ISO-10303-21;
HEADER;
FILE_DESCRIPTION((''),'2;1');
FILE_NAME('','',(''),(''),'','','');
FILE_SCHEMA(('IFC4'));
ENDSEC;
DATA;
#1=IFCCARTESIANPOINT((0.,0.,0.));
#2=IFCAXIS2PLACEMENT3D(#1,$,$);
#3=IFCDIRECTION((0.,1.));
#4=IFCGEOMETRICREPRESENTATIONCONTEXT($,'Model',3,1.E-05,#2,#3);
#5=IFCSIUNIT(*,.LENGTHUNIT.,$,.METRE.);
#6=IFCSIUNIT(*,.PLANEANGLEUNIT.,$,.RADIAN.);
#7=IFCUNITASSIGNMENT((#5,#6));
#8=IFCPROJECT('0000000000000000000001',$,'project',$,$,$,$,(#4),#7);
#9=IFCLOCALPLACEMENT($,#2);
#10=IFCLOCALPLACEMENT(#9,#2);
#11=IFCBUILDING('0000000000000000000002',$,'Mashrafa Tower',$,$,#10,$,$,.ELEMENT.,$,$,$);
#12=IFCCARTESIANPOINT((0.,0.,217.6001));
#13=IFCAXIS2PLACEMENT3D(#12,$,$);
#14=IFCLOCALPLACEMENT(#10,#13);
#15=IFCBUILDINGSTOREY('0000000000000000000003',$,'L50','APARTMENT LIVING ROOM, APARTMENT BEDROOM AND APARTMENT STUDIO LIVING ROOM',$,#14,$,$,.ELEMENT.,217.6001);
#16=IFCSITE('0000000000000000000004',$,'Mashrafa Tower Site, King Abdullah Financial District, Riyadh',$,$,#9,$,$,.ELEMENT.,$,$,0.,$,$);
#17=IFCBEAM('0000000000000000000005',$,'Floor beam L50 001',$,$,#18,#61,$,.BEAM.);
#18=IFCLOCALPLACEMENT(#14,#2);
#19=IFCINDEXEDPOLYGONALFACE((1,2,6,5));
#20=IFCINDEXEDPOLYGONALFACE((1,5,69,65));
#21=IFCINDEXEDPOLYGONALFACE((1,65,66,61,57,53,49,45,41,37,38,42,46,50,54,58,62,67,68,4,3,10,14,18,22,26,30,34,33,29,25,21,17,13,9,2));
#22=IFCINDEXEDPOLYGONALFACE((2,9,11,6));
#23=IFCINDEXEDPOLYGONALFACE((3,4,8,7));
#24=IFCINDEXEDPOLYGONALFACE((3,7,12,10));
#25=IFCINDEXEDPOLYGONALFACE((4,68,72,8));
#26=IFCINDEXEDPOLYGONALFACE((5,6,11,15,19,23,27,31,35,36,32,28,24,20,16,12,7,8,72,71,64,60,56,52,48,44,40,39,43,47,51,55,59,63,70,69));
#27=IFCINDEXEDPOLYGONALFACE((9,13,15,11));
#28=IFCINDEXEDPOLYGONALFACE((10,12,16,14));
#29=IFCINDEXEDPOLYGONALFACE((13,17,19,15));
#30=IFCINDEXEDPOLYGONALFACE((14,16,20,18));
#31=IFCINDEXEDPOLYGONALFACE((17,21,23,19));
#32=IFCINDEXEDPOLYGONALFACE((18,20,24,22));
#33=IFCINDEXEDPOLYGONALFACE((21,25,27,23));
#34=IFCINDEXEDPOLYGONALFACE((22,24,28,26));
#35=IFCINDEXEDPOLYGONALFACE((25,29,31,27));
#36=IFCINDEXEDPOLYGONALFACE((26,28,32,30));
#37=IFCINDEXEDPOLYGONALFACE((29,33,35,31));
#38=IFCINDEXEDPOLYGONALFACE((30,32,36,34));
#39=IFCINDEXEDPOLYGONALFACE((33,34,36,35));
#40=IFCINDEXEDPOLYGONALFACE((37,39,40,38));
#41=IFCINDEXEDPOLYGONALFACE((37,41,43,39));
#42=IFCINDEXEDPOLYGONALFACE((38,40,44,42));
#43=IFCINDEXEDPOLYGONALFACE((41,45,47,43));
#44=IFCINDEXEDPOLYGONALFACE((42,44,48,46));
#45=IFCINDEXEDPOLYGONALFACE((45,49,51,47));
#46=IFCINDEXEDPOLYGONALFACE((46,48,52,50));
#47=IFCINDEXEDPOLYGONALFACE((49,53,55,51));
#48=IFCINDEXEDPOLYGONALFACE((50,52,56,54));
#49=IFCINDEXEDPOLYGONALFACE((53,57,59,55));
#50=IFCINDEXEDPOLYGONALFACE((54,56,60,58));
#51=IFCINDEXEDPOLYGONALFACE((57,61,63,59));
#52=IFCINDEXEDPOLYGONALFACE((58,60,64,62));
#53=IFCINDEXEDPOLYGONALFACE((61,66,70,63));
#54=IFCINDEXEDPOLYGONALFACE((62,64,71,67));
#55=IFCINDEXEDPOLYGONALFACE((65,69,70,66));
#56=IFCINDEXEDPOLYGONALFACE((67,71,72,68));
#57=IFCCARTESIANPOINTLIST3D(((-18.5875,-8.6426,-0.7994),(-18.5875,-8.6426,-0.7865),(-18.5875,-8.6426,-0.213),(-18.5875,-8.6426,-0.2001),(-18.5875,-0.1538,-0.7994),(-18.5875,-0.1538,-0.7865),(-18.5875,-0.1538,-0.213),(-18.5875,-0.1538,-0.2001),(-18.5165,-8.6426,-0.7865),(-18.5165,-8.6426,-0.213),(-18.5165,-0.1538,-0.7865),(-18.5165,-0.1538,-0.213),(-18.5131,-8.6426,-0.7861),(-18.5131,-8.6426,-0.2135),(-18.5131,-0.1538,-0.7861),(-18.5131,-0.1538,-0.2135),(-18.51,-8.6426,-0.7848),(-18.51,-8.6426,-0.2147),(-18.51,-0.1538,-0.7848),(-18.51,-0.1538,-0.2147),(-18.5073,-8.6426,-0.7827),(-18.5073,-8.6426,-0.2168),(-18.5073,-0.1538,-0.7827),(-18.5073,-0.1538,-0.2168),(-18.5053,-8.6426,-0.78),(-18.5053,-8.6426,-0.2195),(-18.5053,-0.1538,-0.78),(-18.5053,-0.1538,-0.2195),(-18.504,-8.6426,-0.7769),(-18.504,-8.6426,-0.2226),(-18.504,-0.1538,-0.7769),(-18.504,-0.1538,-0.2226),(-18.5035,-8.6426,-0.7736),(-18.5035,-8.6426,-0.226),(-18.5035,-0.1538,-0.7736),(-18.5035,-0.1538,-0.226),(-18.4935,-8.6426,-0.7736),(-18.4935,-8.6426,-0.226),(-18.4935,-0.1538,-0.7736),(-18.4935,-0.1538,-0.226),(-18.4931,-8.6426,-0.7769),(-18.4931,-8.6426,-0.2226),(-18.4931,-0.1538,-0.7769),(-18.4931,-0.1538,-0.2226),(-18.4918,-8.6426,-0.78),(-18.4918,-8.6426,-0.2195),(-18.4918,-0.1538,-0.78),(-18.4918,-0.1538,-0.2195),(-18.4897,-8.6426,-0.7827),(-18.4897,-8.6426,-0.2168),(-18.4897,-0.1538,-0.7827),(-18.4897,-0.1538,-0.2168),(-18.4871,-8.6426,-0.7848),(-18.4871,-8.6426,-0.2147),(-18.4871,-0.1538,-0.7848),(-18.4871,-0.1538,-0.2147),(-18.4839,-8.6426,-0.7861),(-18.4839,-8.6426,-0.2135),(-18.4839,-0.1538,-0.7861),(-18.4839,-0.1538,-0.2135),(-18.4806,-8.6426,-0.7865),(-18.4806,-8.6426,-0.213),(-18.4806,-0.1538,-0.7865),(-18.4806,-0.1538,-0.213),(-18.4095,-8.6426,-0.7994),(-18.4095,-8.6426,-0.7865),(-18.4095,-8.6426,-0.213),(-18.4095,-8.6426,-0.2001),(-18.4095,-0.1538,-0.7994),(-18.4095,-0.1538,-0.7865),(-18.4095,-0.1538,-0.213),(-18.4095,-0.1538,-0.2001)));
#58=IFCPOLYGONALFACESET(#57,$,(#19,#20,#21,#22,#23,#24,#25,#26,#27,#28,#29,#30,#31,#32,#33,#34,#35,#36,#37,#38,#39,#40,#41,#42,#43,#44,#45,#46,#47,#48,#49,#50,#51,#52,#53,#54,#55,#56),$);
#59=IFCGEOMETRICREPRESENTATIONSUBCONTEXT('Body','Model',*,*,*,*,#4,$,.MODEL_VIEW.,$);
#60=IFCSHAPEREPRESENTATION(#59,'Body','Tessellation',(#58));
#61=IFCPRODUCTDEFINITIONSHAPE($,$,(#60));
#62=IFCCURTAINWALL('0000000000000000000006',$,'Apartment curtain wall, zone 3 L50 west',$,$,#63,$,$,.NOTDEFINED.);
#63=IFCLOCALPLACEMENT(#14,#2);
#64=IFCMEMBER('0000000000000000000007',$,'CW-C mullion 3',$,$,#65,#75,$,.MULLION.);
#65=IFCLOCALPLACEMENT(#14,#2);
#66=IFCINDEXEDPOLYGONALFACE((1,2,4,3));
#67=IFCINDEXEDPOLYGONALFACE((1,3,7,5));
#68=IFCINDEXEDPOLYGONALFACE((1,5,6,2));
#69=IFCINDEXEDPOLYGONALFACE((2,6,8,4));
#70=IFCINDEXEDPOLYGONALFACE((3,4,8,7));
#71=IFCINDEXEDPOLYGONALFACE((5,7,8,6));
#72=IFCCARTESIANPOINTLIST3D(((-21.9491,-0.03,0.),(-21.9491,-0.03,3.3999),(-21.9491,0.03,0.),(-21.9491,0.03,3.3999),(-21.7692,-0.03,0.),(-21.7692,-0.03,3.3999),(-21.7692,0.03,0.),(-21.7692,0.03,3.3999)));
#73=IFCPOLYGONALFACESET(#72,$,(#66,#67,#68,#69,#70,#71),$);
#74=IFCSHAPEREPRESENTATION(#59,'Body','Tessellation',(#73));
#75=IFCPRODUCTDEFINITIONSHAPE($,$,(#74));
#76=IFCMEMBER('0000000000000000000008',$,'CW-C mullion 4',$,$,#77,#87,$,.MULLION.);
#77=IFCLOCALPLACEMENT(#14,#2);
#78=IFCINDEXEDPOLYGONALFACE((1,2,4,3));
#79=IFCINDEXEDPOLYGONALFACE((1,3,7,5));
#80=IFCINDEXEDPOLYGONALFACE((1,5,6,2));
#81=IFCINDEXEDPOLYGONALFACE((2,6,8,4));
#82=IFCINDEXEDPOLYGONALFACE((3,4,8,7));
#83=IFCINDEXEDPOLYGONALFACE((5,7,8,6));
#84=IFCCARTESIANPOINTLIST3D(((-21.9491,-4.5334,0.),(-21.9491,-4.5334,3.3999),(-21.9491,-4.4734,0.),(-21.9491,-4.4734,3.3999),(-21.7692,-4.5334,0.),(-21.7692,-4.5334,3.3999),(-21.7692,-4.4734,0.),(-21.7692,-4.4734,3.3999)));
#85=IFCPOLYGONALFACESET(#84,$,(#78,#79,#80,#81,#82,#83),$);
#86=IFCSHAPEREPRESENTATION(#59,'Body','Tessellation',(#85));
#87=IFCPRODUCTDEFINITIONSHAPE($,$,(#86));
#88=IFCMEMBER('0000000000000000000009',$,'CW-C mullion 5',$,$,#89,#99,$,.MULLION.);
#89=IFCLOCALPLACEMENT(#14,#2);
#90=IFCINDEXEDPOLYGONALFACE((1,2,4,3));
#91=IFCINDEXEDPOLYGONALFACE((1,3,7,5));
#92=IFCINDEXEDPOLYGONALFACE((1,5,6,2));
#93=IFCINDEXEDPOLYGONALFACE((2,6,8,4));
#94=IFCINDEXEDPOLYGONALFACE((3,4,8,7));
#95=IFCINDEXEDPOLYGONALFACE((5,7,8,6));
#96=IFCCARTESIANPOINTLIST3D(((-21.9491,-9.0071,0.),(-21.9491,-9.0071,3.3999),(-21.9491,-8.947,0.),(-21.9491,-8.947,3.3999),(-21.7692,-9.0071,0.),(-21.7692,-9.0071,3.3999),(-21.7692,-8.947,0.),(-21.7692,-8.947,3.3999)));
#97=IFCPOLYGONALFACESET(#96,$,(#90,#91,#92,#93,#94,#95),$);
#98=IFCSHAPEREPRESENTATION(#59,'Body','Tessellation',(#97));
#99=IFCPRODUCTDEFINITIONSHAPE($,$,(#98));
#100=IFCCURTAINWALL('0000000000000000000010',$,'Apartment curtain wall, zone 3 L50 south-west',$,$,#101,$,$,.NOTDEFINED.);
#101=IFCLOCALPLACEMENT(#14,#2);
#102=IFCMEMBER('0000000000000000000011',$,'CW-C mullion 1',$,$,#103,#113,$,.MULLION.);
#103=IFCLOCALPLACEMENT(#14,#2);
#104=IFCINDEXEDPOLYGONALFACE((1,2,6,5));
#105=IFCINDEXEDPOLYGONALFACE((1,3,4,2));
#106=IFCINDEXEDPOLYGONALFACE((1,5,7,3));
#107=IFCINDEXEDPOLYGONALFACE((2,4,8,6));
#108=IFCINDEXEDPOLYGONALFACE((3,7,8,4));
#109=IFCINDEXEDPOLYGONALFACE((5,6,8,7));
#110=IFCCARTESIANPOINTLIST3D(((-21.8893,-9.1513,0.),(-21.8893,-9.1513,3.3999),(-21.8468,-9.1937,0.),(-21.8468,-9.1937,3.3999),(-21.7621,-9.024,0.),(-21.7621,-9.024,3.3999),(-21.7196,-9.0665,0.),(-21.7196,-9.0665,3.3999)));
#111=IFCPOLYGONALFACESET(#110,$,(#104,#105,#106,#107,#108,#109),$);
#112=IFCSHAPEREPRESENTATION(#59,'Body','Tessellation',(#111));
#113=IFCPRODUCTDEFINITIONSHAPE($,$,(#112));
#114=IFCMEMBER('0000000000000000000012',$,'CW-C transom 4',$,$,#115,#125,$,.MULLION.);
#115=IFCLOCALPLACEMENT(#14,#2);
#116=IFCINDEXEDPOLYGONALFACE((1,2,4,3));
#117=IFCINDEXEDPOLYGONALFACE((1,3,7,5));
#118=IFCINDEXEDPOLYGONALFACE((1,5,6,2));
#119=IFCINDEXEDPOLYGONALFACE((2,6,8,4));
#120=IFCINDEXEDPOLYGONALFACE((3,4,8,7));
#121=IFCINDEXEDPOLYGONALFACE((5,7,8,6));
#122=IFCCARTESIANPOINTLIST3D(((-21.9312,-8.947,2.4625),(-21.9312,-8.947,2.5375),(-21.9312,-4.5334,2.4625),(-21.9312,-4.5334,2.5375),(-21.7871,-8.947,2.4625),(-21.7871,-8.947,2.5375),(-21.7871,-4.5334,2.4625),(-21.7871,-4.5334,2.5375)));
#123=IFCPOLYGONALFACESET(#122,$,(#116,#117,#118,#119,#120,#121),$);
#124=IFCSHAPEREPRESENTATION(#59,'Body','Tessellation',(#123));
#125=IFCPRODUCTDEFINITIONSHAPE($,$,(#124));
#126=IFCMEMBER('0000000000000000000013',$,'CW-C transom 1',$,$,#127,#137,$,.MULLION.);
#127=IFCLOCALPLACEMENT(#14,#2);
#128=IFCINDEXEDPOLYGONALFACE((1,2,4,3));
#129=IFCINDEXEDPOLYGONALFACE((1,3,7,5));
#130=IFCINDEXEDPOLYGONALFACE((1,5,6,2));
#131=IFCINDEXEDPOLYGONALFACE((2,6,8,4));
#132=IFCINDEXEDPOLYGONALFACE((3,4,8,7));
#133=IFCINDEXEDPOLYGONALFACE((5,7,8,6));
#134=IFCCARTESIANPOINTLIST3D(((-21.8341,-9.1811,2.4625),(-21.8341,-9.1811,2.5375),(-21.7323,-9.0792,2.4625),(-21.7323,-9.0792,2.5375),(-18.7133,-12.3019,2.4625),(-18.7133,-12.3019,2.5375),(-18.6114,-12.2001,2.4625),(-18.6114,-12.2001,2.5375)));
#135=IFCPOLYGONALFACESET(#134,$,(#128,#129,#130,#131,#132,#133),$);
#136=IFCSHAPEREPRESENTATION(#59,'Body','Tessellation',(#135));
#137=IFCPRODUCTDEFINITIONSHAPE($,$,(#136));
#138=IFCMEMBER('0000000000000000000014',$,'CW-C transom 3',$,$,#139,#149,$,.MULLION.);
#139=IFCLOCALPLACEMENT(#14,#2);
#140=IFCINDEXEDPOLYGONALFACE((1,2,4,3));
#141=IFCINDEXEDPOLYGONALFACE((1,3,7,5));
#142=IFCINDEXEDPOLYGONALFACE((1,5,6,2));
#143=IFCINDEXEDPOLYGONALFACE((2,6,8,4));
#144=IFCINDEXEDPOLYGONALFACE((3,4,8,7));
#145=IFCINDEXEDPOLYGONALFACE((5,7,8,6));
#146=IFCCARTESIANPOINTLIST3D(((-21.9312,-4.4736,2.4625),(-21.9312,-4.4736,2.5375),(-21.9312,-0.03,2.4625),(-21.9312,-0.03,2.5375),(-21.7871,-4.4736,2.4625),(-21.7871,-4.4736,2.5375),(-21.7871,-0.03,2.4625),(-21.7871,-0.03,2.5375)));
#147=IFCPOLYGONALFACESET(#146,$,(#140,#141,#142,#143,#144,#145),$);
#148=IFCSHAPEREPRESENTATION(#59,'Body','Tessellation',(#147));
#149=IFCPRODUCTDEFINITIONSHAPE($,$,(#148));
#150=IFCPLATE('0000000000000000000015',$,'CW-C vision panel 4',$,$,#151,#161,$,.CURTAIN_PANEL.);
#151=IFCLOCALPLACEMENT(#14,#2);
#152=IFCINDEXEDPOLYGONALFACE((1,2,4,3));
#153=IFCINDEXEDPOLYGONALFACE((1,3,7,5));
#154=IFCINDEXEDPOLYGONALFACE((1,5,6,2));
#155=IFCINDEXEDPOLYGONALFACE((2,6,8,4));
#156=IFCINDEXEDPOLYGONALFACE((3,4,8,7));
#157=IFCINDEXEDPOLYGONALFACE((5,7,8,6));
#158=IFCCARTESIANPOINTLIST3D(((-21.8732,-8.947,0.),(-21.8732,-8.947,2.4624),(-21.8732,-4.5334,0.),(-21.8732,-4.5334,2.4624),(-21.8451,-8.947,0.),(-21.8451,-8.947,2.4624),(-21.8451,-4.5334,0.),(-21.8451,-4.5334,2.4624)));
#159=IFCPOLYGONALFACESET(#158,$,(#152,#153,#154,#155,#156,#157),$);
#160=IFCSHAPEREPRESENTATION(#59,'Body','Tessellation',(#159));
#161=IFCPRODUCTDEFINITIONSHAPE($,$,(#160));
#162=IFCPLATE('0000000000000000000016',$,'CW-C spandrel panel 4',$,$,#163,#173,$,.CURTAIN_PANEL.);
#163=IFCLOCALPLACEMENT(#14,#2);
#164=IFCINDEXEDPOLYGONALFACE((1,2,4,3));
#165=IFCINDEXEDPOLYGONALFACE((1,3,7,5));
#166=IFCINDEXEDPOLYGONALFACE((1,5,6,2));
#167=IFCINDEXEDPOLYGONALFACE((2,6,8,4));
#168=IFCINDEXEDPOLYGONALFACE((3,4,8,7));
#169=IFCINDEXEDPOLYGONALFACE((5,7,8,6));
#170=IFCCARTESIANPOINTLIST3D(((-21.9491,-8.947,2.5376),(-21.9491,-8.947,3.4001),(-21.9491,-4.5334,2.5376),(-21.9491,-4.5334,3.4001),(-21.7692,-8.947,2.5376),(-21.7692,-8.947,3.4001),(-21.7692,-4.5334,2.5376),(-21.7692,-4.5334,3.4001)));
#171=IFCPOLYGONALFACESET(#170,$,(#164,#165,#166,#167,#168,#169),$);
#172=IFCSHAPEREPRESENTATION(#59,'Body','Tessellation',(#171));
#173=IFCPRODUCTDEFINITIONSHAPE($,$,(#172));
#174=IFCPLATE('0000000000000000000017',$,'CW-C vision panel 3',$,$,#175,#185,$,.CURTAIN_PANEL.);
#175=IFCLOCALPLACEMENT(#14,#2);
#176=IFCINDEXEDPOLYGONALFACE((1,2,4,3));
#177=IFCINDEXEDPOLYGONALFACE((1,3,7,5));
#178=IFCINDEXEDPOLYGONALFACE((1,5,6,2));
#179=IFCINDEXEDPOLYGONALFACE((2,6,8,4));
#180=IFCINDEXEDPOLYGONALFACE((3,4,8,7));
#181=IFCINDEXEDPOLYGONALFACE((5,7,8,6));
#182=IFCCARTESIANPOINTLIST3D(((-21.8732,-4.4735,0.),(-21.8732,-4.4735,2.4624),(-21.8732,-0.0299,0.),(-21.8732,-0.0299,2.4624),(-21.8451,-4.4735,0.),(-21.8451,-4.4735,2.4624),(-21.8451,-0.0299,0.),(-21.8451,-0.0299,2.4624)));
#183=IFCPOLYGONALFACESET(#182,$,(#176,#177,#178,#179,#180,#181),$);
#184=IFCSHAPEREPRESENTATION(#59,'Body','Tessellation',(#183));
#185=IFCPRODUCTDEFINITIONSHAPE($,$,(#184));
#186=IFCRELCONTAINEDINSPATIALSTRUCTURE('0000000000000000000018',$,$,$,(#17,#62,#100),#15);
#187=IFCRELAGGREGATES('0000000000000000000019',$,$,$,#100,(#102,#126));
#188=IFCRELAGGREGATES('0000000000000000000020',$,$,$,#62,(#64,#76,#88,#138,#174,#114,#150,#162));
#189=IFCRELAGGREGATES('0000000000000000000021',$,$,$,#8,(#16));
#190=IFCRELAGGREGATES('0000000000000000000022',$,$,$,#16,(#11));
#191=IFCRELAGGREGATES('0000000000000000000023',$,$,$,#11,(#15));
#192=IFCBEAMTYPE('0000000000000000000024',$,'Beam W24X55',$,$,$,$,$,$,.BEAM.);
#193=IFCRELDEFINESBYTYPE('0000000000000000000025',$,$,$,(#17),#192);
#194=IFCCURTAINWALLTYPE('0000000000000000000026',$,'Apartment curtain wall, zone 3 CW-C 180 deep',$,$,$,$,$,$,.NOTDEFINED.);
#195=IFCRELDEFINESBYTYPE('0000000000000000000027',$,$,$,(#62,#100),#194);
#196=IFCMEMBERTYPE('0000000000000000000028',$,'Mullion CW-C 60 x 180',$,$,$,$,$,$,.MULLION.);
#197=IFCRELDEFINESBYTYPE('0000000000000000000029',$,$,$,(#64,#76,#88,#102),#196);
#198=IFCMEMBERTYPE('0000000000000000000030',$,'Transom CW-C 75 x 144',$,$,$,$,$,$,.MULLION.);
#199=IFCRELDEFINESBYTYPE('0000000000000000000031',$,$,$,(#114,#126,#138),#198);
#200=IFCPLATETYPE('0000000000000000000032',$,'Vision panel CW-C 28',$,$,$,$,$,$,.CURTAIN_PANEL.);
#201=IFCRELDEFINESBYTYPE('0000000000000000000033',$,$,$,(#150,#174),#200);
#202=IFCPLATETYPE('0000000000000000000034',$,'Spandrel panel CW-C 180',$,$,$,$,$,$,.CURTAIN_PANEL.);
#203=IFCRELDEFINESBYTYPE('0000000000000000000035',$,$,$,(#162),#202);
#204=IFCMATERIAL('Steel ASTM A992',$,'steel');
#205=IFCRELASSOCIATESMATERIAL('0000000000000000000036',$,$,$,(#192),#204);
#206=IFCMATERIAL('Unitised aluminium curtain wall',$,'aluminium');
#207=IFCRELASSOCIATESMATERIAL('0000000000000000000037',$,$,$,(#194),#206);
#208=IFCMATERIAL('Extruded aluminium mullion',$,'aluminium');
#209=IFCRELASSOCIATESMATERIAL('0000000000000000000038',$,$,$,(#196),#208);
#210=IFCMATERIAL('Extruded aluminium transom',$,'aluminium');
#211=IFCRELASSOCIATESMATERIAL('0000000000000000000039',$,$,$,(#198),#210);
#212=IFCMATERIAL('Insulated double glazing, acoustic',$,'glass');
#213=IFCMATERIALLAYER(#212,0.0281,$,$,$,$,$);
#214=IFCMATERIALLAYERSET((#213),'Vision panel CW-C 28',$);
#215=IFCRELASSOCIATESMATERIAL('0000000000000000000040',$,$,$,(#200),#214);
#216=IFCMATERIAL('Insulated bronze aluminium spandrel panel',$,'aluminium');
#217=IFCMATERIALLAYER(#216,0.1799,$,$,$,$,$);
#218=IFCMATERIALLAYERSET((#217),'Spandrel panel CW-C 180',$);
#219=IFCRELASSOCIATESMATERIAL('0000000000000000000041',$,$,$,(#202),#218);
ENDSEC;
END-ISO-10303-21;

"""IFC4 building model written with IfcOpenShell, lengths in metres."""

from ifc_helpers import new_model, si_unit, direction, frame, origin, origin_2d, place, context, subcontext, project, spatial, rectangle, i_section, extrude, source, transform, mapped, material, layer, layer_set, material_profile, profile_set, type_object, type_shapes, element, aggregate, save


model = new_model("IFC4")

# Units and contexts
model_context = context("Model", 3, precision=1e-05, world=origin(), true_north=direction((0.0, 1.0)))
body_context = subcontext(model_context, "Body", "Model", "MODEL_VIEW")
ifc_project = project(units=[si_unit("LENGTHUNIT", "METRE"), si_unit("PLANEANGLEUNIT", "RADIAN")], contexts=[model_context])

# Site, building, storey
site_placement = place(None, origin())
site = spatial("IfcSite", under=ifc_project, at=site_placement, Name="Mashrafa Tower Site, King Abdullah Financial District, Riyadh", CompositionType="ELEMENT", RefElevation=0.0)
building_placement = place(site_placement, origin())
building = spatial("IfcBuilding", under=site, at=building_placement, Name="Mashrafa Tower", CompositionType="ELEMENT")
storey_placement = place(building_placement, frame((0.0, 0.0, 217.6001)))
storey = spatial("IfcBuildingStorey", under=building, at=storey_placement, Name="L50", Description="APARTMENT LIVING ROOM, APARTMENT BEDROOM AND APARTMENT STUDIO LIVING ROOM", CompositionType="ELEMENT", Elevation=217.6001)

# Beam
ifc_material_1 = material(Name="Steel ASTM A992", Category="steel")
ifc_material_profile_1 = material_profile(ifc_material_1, i_section(OverallWidth=0.178, OverallDepth=0.5994, WebThickness=0.01, FlangeThickness=0.0129, FilletRadius=0.0129, at=origin_2d()), Name="W24X55")
ifc_profile_set_1 = profile_set([ifc_material_profile_1], Name="Steel ASTM A992")
beam_type_1 = type_object("IfcBeamType", Name="Beam W24X55", PredefinedType="BEAM", material=ifc_profile_set_1)
beam_1_placement = place(storey_placement, frame((-18.4985, -8.6426, -0.4998), z_axis=(0.0, 1.0, 0.0), x_axis=(-1.0, 0.0, 0.0)))
element("IfcBeam", 1, at=beam_1_placement, inside=storey, type_object=beam_type_1, Name="Floor beam L50 001", PredefinedType="BEAM", context=body_context, shape_type="SweptSolid", body=[
    extrude(i_section(OverallWidth=0.178, OverallDepth=0.5994, WebThickness=0.01, FlangeThickness=0.0129, FilletRadius=0.0129, at=origin_2d()), origin(), (0.0, 0.0, 1.0), 8.4888),
])

# Curtain wall, members
ifc_material_2 = material(Name="Unitised aluminium curtain wall", Category="aluminium")
curtain_wall_type = type_object("IfcCurtainWallType", Name="Apartment curtain wall, zone 3 CW-C 180 deep", PredefinedType="NOTDEFINED", material=ifc_material_2)
curtain_wall_1_placement = place(storey_placement, origin())
curtain_wall_1 = element("IfcCurtainWall", 2, at=curtain_wall_1_placement, inside=storey, type_object=curtain_wall_type, Name="Apartment curtain wall, zone 3 L50 west", PredefinedType="NOTDEFINED")
ifc_material_3 = material(Name="Extruded aluminium mullion", Category="aluminium")
ifc_material_profile_2 = material_profile(ifc_material_3, rectangle(XDim=0.1799, YDim=0.0601, at=origin_2d()), Name="Mullion 60x180")
ifc_profile_set_2 = profile_set([ifc_material_profile_2], Name="Extruded aluminium mullion")
member_type_1 = type_object("IfcMemberType", Name="Mullion CW-C 60 x 180", PredefinedType="MULLION", material=ifc_profile_set_2)
shared_shape_1 = source(origin(), body_context, "Body", "SweptSolid", [
    extrude(rectangle(XDim=0.1799, YDim=0.0601, at=origin_2d()), origin(), (0.0, 0.0, 1.0), 3.3999),
])
type_shapes(member_type_1, [shared_shape_1])
member_1_placement = place(storey_placement, frame((-21.8591, 0.0, 0.0), z_axis=(0.0, 0.0, 1.0), x_axis=(1.0, 0.0, 0.0)))
member_1 = element("IfcMember", 3, at=member_1_placement, type_object=member_type_1, Name="CW-C mullion 3", PredefinedType="MULLION", context=body_context, shape_type="MappedRepresentation", body=[
    mapped(shared_shape_1, transform((0.0, 0.0, 0.0))),
])
member_2_placement = place(storey_placement, frame((-21.8591, -4.5034, 0.0), z_axis=(0.0, 0.0, 1.0), x_axis=(1.0, 0.0, 0.0)))
member_2 = element("IfcMember", 4, at=member_2_placement, type_object=member_type_1, Name="CW-C mullion 4", PredefinedType="MULLION", context=body_context, shape_type="MappedRepresentation", body=[
    mapped(shared_shape_1, transform((0.0, 0.0, 0.0))),
])
member_3_placement = place(storey_placement, frame((-21.8591, -8.9771, 0.0), z_axis=(0.0, 0.0, 1.0), x_axis=(1.0, 0.0, 0.0)))
member_3 = element("IfcMember", 5, at=member_3_placement, type_object=member_type_1, Name="CW-C mullion 5", PredefinedType="MULLION", context=body_context, shape_type="MappedRepresentation", body=[
    mapped(shared_shape_1, transform((0.0, 0.0, 0.0))),
])

# Curtain wall, member
curtain_wall_2_placement = place(storey_placement, origin())
curtain_wall_2 = element("IfcCurtainWall", 6, at=curtain_wall_2_placement, inside=storey, type_object=curtain_wall_type, Name="Apartment curtain wall, zone 3 L50 south-west", PredefinedType="NOTDEFINED")
member_4_placement = place(storey_placement, frame((-21.8044, -9.1089, 0.0), z_axis=(0.0, 0.0, 1.0), x_axis=(0.707107, 0.707107, 0.0)))
member_4 = element("IfcMember", 7, at=member_4_placement, type_object=member_type_1, Name="CW-C mullion 1", PredefinedType="MULLION", context=body_context, shape_type="MappedRepresentation", body=[
    mapped(shared_shape_1, transform((0.0, 0.0, 0.0))),
])

# Members
ifc_material_4 = material(Name="Extruded aluminium transom", Category="aluminium")
ifc_material_profile_3 = material_profile(ifc_material_4, rectangle(XDim=0.144, YDim=0.075, at=origin_2d()), Name="Transom 75x144")
ifc_profile_set_3 = profile_set([ifc_material_profile_3], Name="Extruded aluminium transom")
member_type_2 = type_object("IfcMemberType", Name="Transom CW-C 75 x 144", PredefinedType="MULLION", material=ifc_profile_set_3)
shared_shape_2 = source(origin(), body_context, "Body", "SweptSolid", [
    extrude(rectangle(XDim=0.144, YDim=0.075, at=origin_2d()), origin(), (0.0, 0.0, 1.0), 4.4136),
])
member_5_placement = place(storey_placement, frame((-21.8591, -4.5334, 2.5), z_axis=(0.0, -1.0, 0.0), x_axis=(1.0, 0.0, 0.0)))
member_5 = element("IfcMember", 8, at=member_5_placement, type_object=member_type_2, Name="CW-C transom 4", PredefinedType="MULLION", context=body_context, shape_type="MappedRepresentation", body=[
    mapped(shared_shape_2, transform((0.0, 0.0, 0.0))),
])
member_6_placement = place(storey_placement, frame((-21.7832, -9.1301, 2.5), z_axis=(0.707107, -0.707107, 0.0), x_axis=(0.707107, 0.707107, 0.0)))
member_6 = element("IfcMember", 9, at=member_6_placement, type_object=member_type_2, Name="CW-C transom 1", PredefinedType="MULLION", context=body_context, shape_type="MappedRepresentation", body=[
    mapped(shared_shape_2, transform((0.0, 0.0, 0.0))),
])
aggregate(curtain_wall_2, [member_4, member_6])
shared_shape_3 = source(origin(), body_context, "Body", "SweptSolid", [
    extrude(rectangle(XDim=0.144, YDim=0.075, at=origin_2d()), origin(), (0.0, 0.0, 1.0), 4.4436),
])
type_shapes(member_type_2, [shared_shape_2, shared_shape_3])
member_7_placement = place(storey_placement, frame((-21.8591, -0.03, 2.5), z_axis=(0.0, -1.0, 0.0), x_axis=(1.0, 0.0, 0.0)))
member_7 = element("IfcMember", 10, at=member_7_placement, type_object=member_type_2, Name="CW-C transom 3", PredefinedType="MULLION", context=body_context, shape_type="MappedRepresentation", body=[
    mapped(shared_shape_3, transform((0.0, 0.0, 0.0))),
])

# Plates
ifc_material_5 = material(Name="Insulated double glazing, acoustic", Category="glass")
ifc_layer_1 = layer(ifc_material_5, 0.0281)
ifc_layer_set_1 = layer_set([ifc_layer_1], Name="Vision panel CW-C 28")
plate_type_1 = type_object("IfcPlateType", Name="Vision panel CW-C 28", PredefinedType="CURTAIN_PANEL", material=ifc_layer_set_1)
shared_shape_4 = source(origin(), body_context, "Body", "SweptSolid", [
    extrude(rectangle(XDim=4.4136, YDim=0.0281, at=origin_2d()), origin(), (0.0, 0.0, 1.0), 2.4624),
])
plate_1_placement = place(storey_placement, frame((-21.8591, -6.7402, 0.0), z_axis=(0.0, 0.0, 1.0), x_axis=(0.0, -1.0, 0.0)))
plate_1 = element("IfcPlate", 11, at=plate_1_placement, type_object=plate_type_1, Name="CW-C vision panel 4", PredefinedType="CURTAIN_PANEL", context=body_context, shape_type="MappedRepresentation", body=[
    mapped(shared_shape_4, transform((0.0, 0.0, 0.0))),
])
ifc_material_6 = material(Name="Insulated bronze aluminium spandrel panel", Category="aluminium")
ifc_layer_2 = layer(ifc_material_6, 0.1799)
ifc_layer_set_2 = layer_set([ifc_layer_2], Name="Spandrel panel CW-C 180")
plate_type_2 = type_object("IfcPlateType", Name="Spandrel panel CW-C 180", PredefinedType="CURTAIN_PANEL", material=ifc_layer_set_2)
shared_shape_5 = source(origin(), body_context, "Body", "SweptSolid", [
    extrude(rectangle(XDim=4.4136, YDim=0.1799, at=origin_2d()), origin(), (0.0, 0.0, 1.0), 0.8625),
])
plate_2_placement = place(storey_placement, frame((-21.8591, -6.7402, 2.5376), z_axis=(0.0, 0.0, 1.0), x_axis=(0.0, -1.0, 0.0)))
plate_2 = element("IfcPlate", 12, at=plate_2_placement, type_object=plate_type_2, Name="CW-C spandrel panel 4", PredefinedType="CURTAIN_PANEL", context=body_context, shape_type="MappedRepresentation", body=[
    mapped(shared_shape_5, transform((0.0, 0.0, 0.0))),
])
shared_shape_6 = source(origin(), body_context, "Body", "SweptSolid", [
    extrude(rectangle(XDim=4.4436, YDim=0.0281, at=origin_2d()), origin(), (0.0, 0.0, 1.0), 2.4624),
])
type_shapes(plate_type_1, [shared_shape_4, shared_shape_6])
plate_3_placement = place(storey_placement, frame((-21.8591, -2.2517, 0.0), z_axis=(0.0, 0.0, 1.0), x_axis=(0.0, -1.0, 0.0)))
plate_3 = element("IfcPlate", 13, at=plate_3_placement, type_object=plate_type_1, Name="CW-C vision panel 3", PredefinedType="CURTAIN_PANEL", context=body_context, shape_type="MappedRepresentation", body=[
    mapped(shared_shape_6, transform((0.0, 0.0, 0.0))),
])
aggregate(curtain_wall_1, [member_1, member_2, member_3, member_7, plate_3, member_5, plate_1, plate_2])

save(model, "model.ifc")
